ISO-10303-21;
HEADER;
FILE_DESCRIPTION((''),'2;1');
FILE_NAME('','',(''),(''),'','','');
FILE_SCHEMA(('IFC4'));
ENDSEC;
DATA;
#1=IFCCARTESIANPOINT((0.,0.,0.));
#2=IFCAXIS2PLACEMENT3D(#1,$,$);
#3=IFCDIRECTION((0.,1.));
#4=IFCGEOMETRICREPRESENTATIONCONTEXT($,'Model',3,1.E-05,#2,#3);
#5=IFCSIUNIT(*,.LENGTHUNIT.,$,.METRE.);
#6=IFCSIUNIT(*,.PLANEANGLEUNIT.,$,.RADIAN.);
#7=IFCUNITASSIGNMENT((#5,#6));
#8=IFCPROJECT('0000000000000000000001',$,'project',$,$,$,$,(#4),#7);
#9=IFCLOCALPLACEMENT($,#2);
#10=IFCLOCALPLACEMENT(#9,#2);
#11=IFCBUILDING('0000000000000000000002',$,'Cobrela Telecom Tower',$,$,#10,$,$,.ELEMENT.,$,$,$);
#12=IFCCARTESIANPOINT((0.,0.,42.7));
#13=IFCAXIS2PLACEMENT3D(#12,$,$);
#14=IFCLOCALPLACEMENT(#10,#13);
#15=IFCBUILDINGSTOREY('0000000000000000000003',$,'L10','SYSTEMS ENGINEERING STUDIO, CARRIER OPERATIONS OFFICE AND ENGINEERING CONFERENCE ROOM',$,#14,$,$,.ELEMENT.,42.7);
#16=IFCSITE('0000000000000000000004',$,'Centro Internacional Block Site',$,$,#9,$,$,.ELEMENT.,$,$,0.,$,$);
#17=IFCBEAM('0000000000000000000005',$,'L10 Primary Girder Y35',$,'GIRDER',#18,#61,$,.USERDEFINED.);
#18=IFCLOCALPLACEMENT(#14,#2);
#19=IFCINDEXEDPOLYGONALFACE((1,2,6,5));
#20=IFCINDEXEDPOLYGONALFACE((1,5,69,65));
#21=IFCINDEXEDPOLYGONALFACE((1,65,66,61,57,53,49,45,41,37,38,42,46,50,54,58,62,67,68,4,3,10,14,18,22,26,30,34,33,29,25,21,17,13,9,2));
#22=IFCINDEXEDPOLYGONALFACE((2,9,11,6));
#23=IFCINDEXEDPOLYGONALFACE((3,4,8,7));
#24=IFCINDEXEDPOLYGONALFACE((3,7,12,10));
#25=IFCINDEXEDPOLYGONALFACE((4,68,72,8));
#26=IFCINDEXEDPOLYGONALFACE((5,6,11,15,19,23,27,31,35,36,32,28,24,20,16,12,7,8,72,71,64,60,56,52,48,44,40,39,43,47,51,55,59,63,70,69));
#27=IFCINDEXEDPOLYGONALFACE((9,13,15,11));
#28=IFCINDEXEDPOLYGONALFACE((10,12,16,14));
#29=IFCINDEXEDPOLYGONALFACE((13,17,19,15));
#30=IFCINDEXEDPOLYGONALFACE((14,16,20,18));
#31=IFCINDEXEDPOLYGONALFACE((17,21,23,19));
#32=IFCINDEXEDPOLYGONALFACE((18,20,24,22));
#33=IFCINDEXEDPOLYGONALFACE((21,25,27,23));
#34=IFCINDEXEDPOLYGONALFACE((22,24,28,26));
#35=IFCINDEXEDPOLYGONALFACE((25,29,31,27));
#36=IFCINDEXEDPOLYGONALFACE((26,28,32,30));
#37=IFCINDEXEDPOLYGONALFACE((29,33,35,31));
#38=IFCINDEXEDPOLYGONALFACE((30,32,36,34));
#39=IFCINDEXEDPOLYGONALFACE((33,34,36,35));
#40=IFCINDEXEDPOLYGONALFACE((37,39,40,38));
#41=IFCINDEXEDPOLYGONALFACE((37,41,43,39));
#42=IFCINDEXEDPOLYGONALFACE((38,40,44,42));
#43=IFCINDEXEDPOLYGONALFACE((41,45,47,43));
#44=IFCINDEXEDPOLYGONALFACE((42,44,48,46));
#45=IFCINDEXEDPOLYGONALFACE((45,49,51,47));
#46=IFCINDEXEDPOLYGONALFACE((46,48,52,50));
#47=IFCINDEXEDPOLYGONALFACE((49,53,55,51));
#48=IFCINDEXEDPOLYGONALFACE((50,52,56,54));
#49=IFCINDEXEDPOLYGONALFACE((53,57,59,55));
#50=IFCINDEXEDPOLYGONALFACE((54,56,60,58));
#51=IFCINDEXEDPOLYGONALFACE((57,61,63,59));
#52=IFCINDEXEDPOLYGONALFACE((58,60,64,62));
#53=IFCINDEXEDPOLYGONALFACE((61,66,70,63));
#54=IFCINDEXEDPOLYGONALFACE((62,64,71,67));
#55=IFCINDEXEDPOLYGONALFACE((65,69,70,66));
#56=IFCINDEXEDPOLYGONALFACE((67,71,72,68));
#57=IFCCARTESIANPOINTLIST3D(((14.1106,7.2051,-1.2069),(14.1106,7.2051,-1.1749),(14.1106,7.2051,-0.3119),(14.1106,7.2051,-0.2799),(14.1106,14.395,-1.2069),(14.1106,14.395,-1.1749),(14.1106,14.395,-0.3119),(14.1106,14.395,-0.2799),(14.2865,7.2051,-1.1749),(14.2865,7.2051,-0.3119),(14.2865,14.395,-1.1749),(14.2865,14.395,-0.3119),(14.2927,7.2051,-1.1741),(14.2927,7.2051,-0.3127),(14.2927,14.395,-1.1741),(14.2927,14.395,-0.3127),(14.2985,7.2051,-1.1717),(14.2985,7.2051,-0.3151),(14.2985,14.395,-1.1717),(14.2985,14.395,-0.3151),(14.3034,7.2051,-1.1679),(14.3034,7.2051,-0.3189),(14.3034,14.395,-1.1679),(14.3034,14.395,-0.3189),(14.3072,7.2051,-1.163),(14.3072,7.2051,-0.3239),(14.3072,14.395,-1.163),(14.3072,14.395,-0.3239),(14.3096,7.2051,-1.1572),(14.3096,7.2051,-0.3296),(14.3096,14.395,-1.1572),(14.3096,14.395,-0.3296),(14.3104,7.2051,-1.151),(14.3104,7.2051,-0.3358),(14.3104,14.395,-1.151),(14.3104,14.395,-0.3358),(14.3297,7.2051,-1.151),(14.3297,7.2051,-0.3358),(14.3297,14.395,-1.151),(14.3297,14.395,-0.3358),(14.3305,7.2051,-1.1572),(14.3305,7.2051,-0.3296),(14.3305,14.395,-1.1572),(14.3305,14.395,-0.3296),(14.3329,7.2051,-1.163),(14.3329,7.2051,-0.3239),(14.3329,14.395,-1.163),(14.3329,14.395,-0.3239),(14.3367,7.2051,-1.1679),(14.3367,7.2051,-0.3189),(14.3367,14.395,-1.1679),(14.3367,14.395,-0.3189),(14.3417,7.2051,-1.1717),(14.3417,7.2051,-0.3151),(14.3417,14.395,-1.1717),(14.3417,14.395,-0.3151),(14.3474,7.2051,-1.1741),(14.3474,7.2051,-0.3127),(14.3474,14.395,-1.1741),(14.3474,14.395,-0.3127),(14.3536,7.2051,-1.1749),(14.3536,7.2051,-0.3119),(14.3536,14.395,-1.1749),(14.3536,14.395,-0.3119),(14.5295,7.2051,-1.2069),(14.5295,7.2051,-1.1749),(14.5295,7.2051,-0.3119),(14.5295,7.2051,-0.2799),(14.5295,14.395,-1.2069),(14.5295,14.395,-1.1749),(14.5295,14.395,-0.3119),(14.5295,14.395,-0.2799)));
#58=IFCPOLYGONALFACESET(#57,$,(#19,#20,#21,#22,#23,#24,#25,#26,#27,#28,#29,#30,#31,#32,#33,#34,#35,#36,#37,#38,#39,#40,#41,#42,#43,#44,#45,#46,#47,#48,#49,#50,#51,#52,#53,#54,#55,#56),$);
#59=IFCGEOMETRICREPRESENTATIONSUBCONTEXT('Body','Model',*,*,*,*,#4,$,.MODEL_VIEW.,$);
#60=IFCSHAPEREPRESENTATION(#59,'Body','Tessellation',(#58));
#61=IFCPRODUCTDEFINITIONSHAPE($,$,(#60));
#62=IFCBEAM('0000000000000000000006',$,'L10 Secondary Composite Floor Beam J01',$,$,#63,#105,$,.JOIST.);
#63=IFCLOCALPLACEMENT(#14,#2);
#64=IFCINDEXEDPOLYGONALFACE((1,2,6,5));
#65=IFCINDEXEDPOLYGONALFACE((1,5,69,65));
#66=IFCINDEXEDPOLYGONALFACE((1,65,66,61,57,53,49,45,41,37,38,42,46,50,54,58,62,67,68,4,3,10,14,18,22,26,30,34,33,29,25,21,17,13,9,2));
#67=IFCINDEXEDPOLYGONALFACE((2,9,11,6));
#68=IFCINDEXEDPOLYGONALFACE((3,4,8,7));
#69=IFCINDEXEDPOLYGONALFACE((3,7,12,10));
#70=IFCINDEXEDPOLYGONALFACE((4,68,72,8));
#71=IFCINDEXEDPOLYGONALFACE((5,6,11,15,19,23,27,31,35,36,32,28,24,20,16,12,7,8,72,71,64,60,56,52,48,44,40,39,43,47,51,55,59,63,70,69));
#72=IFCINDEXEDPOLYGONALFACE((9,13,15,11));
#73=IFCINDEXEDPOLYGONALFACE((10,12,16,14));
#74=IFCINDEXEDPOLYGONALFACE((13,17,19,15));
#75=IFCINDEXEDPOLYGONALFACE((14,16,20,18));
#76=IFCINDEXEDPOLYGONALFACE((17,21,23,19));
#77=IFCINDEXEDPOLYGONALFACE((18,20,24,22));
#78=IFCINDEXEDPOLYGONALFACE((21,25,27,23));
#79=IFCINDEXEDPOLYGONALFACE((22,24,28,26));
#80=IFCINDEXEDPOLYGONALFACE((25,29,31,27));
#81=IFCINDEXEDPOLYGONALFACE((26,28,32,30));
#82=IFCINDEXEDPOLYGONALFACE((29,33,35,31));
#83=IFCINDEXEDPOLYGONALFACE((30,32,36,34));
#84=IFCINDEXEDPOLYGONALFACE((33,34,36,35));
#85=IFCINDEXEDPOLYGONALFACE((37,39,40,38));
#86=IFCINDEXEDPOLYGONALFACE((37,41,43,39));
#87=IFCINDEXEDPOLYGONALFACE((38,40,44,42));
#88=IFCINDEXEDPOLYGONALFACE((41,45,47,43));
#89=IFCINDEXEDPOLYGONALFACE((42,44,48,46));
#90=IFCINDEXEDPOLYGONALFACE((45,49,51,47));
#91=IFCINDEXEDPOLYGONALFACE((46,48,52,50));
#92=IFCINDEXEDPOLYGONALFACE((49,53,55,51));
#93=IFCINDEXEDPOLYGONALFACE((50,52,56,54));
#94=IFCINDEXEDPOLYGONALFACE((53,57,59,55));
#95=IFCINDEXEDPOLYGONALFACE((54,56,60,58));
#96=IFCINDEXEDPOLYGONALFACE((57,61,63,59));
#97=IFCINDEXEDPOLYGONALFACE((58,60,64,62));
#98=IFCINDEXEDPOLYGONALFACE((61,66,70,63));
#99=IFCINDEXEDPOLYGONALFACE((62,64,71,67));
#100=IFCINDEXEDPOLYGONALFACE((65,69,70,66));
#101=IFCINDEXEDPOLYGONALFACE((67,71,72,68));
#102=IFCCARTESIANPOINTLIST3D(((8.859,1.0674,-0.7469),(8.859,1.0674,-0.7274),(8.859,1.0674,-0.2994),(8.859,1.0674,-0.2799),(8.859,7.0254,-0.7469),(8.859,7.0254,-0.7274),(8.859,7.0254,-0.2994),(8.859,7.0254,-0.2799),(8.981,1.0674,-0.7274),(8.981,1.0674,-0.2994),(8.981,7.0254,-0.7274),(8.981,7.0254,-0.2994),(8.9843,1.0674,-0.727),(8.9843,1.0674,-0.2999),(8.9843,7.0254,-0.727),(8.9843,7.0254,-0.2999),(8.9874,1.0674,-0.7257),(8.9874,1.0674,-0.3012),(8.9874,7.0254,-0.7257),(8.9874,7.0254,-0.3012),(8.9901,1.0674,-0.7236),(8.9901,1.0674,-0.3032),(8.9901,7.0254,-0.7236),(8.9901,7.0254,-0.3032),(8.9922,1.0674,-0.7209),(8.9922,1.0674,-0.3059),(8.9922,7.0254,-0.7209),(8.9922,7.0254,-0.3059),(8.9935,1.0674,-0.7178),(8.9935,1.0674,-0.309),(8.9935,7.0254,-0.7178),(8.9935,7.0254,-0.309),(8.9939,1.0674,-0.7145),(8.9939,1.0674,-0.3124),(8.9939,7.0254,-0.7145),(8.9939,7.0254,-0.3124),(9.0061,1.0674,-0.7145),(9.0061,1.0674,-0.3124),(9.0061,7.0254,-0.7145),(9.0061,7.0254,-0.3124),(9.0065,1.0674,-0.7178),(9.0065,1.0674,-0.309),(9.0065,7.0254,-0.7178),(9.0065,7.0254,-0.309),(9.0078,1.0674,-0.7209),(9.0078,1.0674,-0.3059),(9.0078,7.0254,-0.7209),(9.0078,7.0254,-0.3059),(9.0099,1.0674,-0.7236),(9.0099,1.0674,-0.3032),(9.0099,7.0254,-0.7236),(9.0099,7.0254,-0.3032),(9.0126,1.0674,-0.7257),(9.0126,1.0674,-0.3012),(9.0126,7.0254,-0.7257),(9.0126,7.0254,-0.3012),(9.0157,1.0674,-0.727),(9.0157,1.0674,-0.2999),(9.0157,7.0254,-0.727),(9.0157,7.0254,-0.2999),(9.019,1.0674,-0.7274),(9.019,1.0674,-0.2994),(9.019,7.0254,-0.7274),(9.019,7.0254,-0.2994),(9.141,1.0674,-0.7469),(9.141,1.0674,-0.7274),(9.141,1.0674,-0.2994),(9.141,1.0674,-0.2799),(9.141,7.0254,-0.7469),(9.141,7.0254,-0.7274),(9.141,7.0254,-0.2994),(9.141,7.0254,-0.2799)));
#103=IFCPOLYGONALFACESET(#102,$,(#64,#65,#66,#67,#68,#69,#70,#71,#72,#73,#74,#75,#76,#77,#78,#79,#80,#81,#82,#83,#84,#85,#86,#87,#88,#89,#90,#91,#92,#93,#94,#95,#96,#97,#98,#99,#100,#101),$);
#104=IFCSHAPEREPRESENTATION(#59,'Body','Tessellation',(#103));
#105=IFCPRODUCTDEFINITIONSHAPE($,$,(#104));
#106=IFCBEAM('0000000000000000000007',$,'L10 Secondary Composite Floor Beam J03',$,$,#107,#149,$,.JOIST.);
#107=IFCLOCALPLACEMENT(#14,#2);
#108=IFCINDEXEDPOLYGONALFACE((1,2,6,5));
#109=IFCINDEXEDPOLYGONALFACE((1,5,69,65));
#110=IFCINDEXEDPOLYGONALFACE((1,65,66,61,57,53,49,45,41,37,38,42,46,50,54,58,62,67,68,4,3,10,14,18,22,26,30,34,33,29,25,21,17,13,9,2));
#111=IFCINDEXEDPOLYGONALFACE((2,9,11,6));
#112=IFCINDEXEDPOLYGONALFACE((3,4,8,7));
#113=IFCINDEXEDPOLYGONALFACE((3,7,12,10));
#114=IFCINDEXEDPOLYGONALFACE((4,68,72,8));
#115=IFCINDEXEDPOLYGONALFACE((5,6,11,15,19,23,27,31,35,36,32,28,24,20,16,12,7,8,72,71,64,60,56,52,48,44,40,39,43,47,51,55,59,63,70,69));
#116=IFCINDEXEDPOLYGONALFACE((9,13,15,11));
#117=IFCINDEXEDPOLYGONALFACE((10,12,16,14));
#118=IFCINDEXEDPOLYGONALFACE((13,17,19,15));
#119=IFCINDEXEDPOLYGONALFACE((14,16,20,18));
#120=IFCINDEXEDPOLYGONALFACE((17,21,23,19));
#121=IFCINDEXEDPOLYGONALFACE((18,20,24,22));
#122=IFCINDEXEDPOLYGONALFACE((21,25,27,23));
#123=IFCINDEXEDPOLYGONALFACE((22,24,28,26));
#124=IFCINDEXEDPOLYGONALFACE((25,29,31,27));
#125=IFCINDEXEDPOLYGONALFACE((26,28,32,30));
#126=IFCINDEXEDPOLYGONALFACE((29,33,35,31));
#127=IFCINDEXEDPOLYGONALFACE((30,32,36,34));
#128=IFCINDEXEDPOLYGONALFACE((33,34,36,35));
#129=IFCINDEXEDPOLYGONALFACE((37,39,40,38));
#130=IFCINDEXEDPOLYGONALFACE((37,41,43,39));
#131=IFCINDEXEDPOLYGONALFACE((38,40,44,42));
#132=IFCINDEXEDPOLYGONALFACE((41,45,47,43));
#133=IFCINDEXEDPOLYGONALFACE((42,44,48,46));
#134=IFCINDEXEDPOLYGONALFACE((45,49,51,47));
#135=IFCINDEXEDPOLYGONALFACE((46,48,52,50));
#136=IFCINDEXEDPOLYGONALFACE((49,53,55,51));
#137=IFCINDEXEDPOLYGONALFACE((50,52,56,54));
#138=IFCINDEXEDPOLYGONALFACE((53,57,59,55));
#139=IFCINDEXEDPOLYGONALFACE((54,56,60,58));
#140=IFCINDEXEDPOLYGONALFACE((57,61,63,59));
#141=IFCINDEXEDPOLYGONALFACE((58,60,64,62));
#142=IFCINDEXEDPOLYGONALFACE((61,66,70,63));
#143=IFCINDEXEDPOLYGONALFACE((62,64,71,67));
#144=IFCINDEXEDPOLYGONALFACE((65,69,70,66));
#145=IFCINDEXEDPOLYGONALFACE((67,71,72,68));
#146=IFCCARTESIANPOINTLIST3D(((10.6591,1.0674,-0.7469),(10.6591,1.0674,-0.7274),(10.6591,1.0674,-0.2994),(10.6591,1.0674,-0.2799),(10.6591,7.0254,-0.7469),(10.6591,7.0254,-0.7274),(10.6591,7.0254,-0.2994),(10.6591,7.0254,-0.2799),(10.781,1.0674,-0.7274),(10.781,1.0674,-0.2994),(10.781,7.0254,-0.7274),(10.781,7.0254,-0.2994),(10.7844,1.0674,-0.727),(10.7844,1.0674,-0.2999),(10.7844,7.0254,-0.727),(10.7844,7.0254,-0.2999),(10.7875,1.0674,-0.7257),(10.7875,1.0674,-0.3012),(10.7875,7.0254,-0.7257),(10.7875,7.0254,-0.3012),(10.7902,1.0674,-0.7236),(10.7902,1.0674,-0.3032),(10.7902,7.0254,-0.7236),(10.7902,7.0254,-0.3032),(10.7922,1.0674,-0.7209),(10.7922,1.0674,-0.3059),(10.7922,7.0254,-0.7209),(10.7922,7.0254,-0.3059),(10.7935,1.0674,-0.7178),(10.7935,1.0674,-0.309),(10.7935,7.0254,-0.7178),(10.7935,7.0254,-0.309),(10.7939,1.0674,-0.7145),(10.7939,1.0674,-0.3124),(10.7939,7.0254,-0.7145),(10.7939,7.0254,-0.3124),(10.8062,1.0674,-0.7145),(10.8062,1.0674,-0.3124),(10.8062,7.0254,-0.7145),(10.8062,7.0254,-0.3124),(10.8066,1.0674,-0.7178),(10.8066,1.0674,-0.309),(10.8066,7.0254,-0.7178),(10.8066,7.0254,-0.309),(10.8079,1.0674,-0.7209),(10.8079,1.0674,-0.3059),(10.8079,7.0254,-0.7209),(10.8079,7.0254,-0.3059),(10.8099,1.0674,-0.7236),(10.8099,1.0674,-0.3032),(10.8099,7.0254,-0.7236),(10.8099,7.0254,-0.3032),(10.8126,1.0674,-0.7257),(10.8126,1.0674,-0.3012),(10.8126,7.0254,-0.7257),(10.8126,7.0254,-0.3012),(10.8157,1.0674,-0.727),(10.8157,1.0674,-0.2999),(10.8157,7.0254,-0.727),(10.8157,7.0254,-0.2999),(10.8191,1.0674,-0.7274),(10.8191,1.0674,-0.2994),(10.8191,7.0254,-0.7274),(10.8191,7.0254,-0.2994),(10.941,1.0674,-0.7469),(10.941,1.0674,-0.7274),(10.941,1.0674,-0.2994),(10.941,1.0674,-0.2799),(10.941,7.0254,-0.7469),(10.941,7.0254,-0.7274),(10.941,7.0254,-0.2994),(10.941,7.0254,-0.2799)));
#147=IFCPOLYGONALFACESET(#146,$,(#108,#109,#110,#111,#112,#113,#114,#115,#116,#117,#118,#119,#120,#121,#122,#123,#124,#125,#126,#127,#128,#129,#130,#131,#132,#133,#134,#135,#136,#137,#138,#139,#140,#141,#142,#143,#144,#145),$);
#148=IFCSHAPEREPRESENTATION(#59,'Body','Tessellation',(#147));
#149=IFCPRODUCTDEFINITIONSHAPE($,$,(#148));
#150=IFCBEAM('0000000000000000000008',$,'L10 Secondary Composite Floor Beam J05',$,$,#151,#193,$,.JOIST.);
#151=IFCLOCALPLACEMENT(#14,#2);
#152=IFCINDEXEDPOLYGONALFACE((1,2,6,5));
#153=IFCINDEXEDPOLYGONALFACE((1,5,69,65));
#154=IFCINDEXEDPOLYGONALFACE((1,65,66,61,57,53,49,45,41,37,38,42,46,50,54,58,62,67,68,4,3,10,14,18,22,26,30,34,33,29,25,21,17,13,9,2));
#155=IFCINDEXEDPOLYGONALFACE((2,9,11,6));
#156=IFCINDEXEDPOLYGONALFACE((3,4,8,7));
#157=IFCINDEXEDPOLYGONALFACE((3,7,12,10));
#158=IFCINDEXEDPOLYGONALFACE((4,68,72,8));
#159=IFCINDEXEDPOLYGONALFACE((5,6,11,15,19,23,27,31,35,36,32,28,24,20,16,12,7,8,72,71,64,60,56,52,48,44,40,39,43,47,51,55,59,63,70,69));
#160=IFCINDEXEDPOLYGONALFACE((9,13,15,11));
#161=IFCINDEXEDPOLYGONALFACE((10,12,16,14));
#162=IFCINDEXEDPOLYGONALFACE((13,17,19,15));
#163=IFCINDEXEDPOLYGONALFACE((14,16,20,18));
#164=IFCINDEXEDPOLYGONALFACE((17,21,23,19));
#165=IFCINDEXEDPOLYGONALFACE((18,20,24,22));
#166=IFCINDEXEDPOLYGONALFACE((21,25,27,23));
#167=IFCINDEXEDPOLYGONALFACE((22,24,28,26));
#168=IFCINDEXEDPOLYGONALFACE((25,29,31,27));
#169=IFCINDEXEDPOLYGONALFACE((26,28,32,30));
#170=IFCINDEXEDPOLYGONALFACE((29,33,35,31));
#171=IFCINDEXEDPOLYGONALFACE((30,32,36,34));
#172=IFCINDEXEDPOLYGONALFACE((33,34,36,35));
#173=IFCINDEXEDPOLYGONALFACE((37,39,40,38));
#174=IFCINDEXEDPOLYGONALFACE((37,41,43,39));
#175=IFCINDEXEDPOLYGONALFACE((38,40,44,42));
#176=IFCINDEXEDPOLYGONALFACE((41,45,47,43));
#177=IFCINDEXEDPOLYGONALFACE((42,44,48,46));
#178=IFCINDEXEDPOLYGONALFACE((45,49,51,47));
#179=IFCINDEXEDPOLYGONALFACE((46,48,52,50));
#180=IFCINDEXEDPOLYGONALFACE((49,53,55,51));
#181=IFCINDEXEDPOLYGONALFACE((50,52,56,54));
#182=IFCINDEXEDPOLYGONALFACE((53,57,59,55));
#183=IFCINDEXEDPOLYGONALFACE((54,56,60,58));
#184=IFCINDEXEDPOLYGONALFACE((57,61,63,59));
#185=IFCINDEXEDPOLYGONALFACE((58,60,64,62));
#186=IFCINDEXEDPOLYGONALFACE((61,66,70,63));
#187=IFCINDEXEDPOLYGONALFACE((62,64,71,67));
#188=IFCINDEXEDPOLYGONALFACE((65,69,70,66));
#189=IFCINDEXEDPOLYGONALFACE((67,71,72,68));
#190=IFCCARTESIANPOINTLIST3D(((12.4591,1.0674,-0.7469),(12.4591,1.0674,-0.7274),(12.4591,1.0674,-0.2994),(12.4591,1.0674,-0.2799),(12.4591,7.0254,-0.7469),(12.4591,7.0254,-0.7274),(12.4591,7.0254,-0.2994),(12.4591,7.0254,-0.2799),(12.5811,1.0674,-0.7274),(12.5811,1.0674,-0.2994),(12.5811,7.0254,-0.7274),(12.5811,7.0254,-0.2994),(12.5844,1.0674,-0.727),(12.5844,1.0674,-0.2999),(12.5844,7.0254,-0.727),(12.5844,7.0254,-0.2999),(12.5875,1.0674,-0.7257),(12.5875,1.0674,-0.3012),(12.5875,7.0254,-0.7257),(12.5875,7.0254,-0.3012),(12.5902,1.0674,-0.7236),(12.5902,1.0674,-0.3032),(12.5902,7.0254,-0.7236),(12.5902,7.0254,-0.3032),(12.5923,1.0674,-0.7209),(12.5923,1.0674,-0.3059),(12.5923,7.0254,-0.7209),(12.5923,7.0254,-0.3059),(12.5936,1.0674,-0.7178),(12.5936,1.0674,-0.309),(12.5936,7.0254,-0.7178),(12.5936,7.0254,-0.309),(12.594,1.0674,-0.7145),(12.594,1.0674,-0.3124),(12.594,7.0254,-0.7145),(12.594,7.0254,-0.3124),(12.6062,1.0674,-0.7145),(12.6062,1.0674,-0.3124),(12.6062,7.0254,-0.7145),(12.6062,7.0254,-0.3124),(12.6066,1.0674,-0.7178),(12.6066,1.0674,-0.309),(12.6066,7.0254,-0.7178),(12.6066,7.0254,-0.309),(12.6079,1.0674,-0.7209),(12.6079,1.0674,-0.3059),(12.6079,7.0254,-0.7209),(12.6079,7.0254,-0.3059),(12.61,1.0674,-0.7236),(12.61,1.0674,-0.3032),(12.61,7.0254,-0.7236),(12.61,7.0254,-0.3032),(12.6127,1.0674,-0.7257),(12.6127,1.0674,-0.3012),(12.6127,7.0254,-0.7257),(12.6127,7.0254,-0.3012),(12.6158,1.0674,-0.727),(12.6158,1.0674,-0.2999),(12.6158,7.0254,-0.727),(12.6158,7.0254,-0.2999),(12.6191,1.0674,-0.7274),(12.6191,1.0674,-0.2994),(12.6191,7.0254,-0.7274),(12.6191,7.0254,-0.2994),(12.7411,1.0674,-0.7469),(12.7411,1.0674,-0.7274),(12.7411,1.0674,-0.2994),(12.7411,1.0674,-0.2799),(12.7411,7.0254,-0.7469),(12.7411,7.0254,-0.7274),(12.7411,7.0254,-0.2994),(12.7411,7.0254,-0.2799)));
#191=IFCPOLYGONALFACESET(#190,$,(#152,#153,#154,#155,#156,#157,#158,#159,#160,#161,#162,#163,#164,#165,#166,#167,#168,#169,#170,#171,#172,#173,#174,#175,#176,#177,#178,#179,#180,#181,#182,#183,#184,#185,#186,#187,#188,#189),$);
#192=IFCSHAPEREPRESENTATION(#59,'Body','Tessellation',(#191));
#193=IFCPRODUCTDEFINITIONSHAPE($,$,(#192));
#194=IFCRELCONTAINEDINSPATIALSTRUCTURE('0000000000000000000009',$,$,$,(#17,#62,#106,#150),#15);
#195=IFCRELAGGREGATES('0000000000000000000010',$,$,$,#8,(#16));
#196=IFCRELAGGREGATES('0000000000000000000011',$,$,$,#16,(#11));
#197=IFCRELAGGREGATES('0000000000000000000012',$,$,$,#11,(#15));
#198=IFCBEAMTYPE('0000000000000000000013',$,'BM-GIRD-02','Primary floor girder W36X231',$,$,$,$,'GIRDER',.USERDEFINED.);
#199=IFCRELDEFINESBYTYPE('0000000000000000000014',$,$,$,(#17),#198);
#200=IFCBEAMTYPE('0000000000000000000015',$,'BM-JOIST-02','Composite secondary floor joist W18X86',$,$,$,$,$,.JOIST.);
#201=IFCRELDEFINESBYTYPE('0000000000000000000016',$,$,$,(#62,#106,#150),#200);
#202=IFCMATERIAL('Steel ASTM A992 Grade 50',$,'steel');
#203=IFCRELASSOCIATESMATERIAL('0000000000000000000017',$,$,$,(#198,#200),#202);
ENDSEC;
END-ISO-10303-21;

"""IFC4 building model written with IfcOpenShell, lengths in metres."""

from ifc_helpers import new_model, si_unit, direction, frame, origin, origin_2d, place, context, subcontext, project, spatial, i_section, extrude, material, material_profile, profile_set, type_object, element, save


model = new_model("IFC4")

# Units and contexts
model_context = context("Model", 3, precision=1e-05, world=origin(), true_north=direction((0.0, 1.0)))
body_context = subcontext(model_context, "Body", "Model", "MODEL_VIEW")
ifc_project = project(units=[si_unit("LENGTHUNIT", "METRE"), si_unit("PLANEANGLEUNIT", "RADIAN")], contexts=[model_context])

# Site, building, storey
site_placement = place(None, origin())
site = spatial("IfcSite", under=ifc_project, at=site_placement, Name="Centro Internacional Block Site", CompositionType="ELEMENT", RefElevation=0.0)
building_placement = place(site_placement, origin())
building = spatial("IfcBuilding", under=site, at=building_placement, Name="Cobrela Telecom Tower", CompositionType="ELEMENT")
storey_placement = place(building_placement, frame((0.0, 0.0, 42.7)))
storey = spatial("IfcBuildingStorey", under=building, at=storey_placement, Name="L10", Description="SYSTEMS ENGINEERING STUDIO, CARRIER OPERATIONS OFFICE AND ENGINEERING CONFERENCE ROOM", CompositionType="ELEMENT", Elevation=42.7)

# Beams
ifc_material_1 = material(Name="Steel ASTM A992 Grade 50", Category="steel")
ifc_material_profile_1 = material_profile(ifc_material_1, i_section(OverallWidth=0.4189, OverallDepth=0.927, WebThickness=0.0193, FlangeThickness=0.032, FilletRadius=0.0239, at=origin_2d()), Name="W36X231")
ifc_profile_set_1 = profile_set([ifc_material_profile_1], Name="Steel ASTM A992 Grade 50")
beam_type_1 = type_object("IfcBeamType", Name="BM-GIRD-02", Description="Primary floor girder W36X231", ElementType="GIRDER", PredefinedType="USERDEFINED", material=ifc_profile_set_1)
beam_1_placement = place(storey_placement, frame((14.3201, 7.2051, -0.7434), z_axis=(0.0, 1.0, 0.0), x_axis=(-1.0, 0.0, 0.0)))
element("IfcBeam", 1, at=beam_1_placement, inside=storey, type_object=beam_type_1, Name="L10 Primary Girder Y35", ObjectType="GIRDER", PredefinedType="USERDEFINED", context=body_context, shape_type="SweptSolid", body=[
    extrude(i_section(OverallWidth=0.4189, OverallDepth=0.927, WebThickness=0.0193, FlangeThickness=0.032, FilletRadius=0.0239, at=origin_2d()), origin(), (0.0, 0.0, 1.0), 7.1899),
])
ifc_material_profile_2 = material_profile(ifc_material_1, i_section(OverallWidth=0.282, OverallDepth=0.467, WebThickness=0.0122, FlangeThickness=0.0195, FilletRadius=0.0129, at=origin_2d()), Name="W18X86")
ifc_profile_set_2 = profile_set([ifc_material_profile_2], Name="Steel ASTM A992 Grade 50")
beam_type_2 = type_object("IfcBeamType", Name="BM-JOIST-02", Description="Composite secondary floor joist W18X86", PredefinedType="JOIST", material=ifc_profile_set_2)
for number, where, z_axis, x_axis, name in (
    (2, (9.0, 1.0674, -0.5134), (0.0, 1.0, 0.0), (-1.0, 0.0, 0.0), "L10 Secondary Composite Floor Beam J01"),
    (3, (10.8, 1.0674, -0.5134), (0.0, 1.0, 0.0), (-1.0, 0.0, 0.0), "L10 Secondary Composite Floor Beam J03"),
    (4, (12.6001, 1.0674, -0.5134), (0.0, 1.0, 0.0), (-1.0, 0.0, 0.0), "L10 Secondary Composite Floor Beam J05"),
):
    element("IfcBeam", number, at=place(storey_placement, frame(where, z_axis=z_axis, x_axis=x_axis)), inside=storey, type_object=beam_type_2, Name=name, PredefinedType="JOIST", context=body_context, shape_type="SweptSolid", body=[
        extrude(i_section(OverallWidth=0.282, OverallDepth=0.467, WebThickness=0.0122, FlangeThickness=0.0195, FilletRadius=0.0129, at=origin_2d()), origin(), (0.0, 0.0, 1.0), 5.958),
    ])

save(model, "model.ifc")
